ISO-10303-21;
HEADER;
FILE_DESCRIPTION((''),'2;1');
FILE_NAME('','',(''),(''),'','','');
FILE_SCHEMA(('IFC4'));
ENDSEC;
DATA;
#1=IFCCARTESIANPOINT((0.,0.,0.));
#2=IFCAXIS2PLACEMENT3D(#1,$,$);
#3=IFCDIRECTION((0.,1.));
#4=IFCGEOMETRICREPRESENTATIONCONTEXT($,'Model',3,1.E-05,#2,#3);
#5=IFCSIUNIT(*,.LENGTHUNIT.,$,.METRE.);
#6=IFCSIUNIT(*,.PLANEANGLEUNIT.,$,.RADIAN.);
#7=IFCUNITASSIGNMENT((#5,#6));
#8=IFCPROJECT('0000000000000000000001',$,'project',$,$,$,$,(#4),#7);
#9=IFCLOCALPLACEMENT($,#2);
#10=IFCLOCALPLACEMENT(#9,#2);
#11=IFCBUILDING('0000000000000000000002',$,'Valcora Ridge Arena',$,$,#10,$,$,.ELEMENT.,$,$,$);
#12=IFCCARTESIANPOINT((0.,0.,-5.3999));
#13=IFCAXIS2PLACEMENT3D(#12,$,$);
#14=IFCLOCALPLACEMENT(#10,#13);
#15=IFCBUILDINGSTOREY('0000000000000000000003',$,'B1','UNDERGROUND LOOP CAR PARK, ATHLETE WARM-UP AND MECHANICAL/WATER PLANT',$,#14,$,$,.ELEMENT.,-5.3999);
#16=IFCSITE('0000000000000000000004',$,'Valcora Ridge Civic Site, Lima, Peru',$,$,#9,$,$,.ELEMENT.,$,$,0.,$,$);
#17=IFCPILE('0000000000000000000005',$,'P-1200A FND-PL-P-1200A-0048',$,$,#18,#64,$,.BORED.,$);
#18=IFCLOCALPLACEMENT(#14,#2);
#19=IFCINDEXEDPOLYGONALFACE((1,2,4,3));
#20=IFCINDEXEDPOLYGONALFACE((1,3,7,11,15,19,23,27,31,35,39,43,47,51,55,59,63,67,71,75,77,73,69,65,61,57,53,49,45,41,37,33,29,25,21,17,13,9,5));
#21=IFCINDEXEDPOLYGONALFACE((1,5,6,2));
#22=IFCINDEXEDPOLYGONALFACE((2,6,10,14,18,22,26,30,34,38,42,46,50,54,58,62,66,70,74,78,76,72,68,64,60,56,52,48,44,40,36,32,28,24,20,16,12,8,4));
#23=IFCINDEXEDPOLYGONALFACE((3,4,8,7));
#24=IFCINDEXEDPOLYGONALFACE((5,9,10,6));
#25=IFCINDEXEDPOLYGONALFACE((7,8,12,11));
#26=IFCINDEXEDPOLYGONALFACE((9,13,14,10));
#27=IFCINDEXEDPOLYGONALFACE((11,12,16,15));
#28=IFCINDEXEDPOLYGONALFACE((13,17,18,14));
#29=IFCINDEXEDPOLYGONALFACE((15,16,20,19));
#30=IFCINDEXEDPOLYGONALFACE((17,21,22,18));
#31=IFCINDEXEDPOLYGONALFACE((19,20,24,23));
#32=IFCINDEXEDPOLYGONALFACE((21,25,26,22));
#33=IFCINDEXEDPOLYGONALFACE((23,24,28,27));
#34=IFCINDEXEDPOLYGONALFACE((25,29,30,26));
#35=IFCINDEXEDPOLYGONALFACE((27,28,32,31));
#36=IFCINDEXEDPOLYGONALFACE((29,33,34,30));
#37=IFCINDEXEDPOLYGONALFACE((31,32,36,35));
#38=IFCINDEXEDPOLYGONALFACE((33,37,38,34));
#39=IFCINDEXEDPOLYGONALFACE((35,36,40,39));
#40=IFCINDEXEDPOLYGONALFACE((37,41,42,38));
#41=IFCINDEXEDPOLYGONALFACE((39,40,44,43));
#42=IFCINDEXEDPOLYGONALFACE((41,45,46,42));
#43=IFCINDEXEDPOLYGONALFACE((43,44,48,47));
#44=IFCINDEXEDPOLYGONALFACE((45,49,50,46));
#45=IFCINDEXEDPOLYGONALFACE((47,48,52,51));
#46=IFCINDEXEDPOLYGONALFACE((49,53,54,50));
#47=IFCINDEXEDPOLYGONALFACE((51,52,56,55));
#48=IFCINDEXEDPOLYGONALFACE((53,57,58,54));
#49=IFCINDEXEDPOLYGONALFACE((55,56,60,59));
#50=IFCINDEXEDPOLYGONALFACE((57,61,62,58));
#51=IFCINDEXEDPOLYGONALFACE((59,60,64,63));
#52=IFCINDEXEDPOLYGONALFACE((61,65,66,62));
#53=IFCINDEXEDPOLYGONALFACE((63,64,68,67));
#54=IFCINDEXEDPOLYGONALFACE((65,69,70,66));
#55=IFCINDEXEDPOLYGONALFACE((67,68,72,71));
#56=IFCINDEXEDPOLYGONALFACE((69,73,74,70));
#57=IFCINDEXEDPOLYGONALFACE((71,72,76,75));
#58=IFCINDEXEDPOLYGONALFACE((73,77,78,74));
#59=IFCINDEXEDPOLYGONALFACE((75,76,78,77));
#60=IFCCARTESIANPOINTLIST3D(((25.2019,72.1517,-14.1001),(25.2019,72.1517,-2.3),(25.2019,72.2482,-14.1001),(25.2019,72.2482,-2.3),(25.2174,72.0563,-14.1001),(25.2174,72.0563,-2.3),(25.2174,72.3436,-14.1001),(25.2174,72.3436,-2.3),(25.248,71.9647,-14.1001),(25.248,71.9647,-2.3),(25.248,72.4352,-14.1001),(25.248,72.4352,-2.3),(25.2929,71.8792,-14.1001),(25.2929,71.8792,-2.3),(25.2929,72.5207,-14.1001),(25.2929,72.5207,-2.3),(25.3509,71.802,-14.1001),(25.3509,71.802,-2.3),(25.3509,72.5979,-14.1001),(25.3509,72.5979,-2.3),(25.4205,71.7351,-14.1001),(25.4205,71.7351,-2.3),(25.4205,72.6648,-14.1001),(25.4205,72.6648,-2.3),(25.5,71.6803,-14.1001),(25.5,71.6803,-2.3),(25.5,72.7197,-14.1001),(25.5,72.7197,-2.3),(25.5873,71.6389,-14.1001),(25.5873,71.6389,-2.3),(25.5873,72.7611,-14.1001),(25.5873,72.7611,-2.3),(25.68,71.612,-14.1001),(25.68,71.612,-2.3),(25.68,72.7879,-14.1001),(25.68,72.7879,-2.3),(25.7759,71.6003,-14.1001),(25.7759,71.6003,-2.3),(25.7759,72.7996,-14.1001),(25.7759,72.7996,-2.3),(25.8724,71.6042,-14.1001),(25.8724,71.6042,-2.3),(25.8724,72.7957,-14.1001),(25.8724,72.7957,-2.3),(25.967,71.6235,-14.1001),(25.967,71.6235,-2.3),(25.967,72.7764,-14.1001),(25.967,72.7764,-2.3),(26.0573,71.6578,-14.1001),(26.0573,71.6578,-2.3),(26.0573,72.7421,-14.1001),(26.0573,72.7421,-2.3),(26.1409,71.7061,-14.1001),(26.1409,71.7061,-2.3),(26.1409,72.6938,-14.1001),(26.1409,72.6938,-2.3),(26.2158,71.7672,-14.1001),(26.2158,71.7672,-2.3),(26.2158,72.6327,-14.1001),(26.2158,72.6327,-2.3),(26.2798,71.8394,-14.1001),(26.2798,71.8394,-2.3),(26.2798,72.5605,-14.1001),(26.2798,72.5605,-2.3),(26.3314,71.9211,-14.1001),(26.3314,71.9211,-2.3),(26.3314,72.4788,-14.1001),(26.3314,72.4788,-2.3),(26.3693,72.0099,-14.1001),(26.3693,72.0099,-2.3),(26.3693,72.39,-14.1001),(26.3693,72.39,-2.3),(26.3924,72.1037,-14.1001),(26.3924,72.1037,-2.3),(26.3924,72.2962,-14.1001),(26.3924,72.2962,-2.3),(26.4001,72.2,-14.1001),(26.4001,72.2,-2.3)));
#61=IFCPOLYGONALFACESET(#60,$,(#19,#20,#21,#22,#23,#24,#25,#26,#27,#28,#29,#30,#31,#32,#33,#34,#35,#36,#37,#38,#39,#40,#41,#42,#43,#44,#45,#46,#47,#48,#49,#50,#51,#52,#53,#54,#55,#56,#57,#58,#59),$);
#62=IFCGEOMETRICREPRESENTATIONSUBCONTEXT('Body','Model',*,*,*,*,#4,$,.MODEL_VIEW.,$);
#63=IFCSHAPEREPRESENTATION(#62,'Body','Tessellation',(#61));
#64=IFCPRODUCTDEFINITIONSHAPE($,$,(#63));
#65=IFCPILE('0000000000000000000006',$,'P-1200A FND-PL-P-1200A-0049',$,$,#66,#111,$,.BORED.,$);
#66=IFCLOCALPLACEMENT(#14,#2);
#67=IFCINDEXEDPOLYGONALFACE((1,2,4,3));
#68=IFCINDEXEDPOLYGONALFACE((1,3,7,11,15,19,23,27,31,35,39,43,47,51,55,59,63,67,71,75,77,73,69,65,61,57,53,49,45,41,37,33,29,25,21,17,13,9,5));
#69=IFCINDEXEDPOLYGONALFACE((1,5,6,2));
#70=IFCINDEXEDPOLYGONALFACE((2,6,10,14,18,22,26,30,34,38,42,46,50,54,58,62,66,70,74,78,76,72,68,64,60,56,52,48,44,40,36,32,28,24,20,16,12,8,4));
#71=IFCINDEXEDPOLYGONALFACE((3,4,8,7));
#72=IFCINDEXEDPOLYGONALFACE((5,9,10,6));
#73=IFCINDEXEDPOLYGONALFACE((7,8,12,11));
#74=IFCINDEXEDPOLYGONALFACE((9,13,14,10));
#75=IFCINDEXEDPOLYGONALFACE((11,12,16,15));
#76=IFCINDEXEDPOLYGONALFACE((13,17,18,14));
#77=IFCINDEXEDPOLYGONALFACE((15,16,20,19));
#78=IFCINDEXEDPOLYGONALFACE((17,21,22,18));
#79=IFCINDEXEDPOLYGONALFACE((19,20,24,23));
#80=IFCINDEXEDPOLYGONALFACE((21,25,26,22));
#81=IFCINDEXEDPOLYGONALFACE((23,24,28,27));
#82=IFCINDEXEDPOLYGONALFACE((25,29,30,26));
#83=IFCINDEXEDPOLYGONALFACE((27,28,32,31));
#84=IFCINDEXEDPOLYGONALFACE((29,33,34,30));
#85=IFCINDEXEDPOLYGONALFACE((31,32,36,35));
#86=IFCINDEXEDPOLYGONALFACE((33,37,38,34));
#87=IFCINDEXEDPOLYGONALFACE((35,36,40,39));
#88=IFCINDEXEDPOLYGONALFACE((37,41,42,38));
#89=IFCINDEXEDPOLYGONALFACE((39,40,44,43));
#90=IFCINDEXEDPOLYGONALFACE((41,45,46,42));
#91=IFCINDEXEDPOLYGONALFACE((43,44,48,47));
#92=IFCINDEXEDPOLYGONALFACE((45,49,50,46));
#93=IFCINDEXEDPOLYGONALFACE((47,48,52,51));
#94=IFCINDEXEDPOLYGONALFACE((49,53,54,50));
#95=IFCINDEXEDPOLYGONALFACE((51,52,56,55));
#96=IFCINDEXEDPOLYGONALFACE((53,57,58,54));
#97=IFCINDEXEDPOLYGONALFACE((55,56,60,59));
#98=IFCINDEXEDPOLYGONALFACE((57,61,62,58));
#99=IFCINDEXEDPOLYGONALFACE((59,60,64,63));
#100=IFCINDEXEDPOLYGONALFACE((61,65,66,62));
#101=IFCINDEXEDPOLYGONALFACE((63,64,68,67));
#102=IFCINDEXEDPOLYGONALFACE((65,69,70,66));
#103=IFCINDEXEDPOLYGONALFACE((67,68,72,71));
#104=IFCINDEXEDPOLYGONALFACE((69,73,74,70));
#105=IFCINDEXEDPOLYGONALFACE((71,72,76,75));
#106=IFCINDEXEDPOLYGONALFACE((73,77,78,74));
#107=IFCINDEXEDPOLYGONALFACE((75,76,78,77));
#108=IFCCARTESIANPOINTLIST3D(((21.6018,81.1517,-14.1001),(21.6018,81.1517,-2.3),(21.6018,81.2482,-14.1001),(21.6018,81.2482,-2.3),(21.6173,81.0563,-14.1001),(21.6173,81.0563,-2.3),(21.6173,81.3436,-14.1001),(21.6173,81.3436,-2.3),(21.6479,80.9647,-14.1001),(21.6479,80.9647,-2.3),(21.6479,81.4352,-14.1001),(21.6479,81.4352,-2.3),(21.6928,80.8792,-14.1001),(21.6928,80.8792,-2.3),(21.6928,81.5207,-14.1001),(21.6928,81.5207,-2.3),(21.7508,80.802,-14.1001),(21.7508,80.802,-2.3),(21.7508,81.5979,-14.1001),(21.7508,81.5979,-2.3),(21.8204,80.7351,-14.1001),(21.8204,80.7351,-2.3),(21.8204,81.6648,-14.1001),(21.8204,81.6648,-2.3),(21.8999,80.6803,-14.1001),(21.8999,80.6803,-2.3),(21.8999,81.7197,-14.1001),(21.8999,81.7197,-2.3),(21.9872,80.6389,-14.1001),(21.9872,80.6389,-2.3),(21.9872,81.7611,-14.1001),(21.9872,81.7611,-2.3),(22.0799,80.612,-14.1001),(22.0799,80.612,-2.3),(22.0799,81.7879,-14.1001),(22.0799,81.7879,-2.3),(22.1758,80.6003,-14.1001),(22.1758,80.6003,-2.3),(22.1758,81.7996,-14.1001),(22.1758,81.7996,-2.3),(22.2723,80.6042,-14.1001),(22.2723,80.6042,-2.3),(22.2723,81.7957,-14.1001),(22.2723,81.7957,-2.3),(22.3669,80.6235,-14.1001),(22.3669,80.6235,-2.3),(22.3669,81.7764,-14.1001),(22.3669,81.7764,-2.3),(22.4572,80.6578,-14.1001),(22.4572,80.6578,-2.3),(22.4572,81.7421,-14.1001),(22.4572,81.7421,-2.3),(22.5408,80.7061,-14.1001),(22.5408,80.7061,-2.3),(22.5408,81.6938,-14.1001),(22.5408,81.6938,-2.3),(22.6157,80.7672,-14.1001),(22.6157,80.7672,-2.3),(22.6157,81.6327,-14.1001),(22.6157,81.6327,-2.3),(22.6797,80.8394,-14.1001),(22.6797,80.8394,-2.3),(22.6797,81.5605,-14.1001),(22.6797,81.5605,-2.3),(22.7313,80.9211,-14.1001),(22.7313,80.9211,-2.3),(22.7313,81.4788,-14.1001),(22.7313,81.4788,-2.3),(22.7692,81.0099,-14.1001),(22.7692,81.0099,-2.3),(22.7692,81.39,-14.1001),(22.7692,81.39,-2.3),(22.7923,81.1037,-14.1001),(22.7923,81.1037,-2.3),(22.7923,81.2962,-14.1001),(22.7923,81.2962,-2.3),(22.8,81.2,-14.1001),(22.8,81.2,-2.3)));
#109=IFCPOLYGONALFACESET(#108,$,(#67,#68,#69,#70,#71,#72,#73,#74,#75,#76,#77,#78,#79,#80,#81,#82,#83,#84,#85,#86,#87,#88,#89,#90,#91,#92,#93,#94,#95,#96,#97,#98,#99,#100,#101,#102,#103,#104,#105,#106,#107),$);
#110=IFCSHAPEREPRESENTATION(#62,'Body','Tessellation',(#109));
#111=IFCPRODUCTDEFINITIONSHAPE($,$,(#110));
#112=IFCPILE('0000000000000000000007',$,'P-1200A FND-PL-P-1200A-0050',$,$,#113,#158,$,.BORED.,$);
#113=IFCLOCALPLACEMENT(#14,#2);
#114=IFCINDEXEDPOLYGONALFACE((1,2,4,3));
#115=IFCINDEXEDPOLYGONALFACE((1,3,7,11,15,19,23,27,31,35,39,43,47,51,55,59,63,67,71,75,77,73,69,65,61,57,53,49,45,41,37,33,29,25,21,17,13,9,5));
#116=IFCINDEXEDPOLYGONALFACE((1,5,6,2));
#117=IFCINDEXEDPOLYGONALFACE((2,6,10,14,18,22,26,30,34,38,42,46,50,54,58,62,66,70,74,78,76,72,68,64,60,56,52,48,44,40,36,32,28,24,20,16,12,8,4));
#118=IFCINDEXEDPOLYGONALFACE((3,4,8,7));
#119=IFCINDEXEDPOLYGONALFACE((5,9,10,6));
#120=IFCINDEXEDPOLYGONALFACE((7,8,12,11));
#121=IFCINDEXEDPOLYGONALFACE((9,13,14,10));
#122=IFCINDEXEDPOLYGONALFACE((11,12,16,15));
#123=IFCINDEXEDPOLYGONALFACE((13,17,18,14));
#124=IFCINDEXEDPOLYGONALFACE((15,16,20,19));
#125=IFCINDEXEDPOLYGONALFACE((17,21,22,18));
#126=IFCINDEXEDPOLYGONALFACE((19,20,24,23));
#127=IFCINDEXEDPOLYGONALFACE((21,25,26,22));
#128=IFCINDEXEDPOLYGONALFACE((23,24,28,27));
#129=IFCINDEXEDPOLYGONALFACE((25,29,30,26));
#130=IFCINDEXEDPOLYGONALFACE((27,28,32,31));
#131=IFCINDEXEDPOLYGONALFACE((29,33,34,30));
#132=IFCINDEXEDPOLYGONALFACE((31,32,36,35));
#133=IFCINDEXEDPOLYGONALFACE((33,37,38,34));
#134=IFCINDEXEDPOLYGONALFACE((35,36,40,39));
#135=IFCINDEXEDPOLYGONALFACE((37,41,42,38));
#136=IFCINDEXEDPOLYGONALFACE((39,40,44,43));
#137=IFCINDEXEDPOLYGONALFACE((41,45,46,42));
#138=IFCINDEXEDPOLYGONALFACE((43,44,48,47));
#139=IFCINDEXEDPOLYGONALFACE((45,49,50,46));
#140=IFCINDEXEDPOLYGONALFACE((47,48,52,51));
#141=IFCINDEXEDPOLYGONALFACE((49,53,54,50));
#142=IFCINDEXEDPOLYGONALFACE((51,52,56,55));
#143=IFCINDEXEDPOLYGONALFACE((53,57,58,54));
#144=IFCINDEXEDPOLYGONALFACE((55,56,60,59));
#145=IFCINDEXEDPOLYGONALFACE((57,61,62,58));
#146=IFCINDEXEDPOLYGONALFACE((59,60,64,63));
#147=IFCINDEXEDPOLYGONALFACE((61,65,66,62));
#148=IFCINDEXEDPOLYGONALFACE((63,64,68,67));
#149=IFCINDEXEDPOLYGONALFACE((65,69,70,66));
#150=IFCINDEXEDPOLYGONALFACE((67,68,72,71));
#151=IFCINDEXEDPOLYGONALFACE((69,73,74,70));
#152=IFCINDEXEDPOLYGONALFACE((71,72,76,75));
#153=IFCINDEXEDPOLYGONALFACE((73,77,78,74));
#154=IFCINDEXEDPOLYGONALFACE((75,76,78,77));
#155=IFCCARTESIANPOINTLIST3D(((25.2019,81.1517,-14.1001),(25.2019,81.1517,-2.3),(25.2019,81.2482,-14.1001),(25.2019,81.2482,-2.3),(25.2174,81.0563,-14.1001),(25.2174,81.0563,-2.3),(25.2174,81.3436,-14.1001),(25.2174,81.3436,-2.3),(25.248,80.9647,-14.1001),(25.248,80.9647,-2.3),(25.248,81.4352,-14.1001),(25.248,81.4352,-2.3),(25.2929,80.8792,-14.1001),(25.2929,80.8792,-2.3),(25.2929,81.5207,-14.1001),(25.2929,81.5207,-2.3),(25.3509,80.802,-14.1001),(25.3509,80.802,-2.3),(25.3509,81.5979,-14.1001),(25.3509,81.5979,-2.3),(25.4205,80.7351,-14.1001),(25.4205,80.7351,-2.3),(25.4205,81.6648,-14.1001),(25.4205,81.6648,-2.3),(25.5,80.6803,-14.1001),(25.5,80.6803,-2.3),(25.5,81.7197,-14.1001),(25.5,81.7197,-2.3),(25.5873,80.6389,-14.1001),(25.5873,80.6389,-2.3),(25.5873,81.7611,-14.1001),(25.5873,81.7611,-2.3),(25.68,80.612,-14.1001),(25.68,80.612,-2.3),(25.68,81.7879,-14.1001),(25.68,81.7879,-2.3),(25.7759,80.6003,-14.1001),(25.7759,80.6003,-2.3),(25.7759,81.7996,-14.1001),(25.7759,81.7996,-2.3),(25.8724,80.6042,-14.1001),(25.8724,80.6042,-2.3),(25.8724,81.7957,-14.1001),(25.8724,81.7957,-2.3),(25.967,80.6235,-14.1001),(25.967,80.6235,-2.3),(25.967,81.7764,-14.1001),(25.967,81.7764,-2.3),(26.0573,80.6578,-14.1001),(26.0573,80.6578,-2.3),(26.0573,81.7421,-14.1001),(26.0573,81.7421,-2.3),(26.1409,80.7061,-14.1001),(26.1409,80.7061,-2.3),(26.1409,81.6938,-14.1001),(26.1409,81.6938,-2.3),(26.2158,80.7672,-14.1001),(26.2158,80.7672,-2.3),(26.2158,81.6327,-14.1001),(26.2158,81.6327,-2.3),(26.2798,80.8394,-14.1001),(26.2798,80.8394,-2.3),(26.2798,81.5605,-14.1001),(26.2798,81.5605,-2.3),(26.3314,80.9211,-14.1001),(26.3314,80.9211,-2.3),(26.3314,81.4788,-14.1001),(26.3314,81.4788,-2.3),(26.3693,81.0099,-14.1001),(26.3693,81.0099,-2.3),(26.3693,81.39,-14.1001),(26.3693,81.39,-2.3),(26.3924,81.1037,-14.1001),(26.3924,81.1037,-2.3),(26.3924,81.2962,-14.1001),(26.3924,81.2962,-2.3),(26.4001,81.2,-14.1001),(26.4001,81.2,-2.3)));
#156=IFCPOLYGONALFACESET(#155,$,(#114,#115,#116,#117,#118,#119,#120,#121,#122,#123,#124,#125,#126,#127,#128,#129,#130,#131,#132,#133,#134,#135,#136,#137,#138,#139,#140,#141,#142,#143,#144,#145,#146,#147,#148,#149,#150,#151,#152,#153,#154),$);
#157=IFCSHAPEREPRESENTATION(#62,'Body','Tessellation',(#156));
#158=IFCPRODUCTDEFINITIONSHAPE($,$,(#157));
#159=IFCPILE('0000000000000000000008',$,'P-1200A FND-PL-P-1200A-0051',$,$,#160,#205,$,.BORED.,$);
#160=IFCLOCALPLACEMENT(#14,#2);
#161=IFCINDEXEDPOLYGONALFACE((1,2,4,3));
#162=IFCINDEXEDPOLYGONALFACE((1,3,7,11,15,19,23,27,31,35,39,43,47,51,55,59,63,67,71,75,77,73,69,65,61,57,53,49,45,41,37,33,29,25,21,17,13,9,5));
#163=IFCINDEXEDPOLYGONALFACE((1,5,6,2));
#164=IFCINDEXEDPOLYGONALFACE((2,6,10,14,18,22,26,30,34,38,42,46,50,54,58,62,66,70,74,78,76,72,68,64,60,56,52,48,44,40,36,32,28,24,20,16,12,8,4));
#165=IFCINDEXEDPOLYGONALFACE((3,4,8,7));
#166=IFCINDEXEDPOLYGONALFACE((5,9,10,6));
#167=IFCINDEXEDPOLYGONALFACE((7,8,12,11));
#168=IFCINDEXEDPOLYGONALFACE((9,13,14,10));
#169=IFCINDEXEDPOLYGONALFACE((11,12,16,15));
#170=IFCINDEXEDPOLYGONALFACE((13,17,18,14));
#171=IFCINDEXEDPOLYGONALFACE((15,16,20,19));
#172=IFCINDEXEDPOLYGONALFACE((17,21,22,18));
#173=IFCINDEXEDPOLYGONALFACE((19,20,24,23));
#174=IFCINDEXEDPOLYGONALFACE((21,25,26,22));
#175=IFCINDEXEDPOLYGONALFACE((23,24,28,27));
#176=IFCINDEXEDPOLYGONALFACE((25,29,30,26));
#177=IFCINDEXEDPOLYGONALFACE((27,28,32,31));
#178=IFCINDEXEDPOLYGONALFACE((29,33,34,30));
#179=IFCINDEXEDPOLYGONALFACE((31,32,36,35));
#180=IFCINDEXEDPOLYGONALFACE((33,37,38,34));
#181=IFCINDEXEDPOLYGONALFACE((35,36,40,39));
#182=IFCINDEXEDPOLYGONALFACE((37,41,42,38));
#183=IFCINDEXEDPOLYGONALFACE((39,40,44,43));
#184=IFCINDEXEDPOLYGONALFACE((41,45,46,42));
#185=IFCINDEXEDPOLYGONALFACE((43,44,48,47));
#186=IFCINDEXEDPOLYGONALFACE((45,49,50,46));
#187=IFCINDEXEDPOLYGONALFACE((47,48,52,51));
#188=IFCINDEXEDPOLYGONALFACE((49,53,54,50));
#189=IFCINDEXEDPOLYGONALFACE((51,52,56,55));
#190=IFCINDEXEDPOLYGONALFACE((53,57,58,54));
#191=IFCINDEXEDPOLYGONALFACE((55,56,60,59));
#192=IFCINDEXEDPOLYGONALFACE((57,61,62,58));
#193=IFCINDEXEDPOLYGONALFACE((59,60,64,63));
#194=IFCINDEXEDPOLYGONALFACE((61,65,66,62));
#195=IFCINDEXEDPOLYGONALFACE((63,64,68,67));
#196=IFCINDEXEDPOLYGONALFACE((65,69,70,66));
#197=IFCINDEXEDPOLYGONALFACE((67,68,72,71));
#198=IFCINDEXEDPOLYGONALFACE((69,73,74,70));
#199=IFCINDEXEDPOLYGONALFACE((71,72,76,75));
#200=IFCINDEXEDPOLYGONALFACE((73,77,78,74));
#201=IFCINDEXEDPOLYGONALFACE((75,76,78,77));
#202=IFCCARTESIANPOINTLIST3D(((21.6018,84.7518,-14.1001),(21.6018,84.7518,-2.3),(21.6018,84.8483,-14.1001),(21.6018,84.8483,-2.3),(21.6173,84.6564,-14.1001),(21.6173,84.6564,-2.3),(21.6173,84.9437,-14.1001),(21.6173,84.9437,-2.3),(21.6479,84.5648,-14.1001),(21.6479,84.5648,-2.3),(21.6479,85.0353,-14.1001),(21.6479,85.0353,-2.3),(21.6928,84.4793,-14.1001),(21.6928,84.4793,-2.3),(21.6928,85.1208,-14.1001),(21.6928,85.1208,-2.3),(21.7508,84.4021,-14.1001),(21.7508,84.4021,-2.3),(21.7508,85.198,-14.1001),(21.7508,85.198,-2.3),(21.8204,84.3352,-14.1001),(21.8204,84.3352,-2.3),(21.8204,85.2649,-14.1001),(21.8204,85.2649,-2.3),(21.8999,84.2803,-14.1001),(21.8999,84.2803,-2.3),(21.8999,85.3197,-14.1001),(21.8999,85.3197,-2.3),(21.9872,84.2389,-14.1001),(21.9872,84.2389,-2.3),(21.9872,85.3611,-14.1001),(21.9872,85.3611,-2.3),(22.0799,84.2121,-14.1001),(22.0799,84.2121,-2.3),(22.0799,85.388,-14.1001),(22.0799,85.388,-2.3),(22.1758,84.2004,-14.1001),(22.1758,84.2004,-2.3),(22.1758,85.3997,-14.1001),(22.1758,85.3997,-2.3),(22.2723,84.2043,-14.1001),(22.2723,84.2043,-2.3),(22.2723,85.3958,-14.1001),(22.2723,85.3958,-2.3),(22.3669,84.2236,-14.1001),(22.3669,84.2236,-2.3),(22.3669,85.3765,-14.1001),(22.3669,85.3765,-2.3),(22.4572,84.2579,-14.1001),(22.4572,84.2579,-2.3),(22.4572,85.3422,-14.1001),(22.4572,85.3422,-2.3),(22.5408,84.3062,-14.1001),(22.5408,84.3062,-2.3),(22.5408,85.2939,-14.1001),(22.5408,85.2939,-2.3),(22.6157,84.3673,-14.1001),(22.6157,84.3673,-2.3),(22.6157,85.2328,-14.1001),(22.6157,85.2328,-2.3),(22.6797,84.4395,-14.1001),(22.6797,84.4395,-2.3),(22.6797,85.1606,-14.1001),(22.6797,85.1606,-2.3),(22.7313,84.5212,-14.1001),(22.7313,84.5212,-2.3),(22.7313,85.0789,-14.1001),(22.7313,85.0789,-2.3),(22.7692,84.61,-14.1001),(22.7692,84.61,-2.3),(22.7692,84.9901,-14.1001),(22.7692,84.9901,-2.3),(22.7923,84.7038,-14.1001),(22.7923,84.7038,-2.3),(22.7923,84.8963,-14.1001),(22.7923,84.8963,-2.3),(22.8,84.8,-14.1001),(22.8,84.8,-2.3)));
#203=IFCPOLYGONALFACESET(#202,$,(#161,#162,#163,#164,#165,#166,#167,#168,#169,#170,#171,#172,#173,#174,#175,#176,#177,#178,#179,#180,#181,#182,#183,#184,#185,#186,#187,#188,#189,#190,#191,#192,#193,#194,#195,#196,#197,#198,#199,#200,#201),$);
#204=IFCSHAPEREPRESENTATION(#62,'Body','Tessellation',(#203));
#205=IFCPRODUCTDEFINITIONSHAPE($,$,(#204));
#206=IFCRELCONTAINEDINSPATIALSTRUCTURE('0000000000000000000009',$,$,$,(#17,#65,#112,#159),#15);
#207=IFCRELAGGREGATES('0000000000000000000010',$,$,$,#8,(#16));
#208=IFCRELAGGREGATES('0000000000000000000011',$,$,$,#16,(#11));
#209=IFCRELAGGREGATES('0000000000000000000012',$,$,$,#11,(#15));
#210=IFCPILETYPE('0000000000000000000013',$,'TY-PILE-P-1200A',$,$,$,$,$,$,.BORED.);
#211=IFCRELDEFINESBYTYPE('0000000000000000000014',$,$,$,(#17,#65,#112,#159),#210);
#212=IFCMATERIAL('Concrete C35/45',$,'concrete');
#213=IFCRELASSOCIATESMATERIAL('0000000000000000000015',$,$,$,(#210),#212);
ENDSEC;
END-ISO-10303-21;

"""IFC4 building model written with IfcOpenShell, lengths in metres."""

from ifc_helpers import new_model, si_unit, direction, frame, origin, origin_2d, place, context, subcontext, project, spatial, circle, extrude, material, material_profile, profile_set, type_object, element, save


model = new_model("IFC4")

# Units and contexts
model_context = context("Model", 3, precision=1e-05, world=origin(), true_north=direction((0.0, 1.0)))
body_context = subcontext(model_context, "Body", "Model", "MODEL_VIEW")
ifc_project = project(units=[si_unit("LENGTHUNIT", "METRE"), si_unit("PLANEANGLEUNIT", "RADIAN")], contexts=[model_context])

# Site, building, storey
site_placement = place(None, origin())
site = spatial("IfcSite", under=ifc_project, at=site_placement, Name="Valcora Ridge Civic Site, Lima, Peru", CompositionType="ELEMENT", RefElevation=0.0)
building_placement = place(site_placement, origin())
building = spatial("IfcBuilding", under=site, at=building_placement, Name="Valcora Ridge Arena", CompositionType="ELEMENT")
storey_placement = place(building_placement, frame((0.0, 0.0, -5.3999)))
storey = spatial("IfcBuildingStorey", under=building, at=storey_placement, Name="B1", Description="UNDERGROUND LOOP CAR PARK, ATHLETE WARM-UP AND MECHANICAL/WATER PLANT", CompositionType="ELEMENT", Elevation=-5.3999)

# Piles
ifc_material_1 = material(Name="Concrete C35/45", Category="concrete")
ifc_material_profile_1 = material_profile(ifc_material_1, circle(Radius=0.6001, at=origin_2d()), Name="BORED PILE D1200")
ifc_profile_set_1 = profile_set([ifc_material_profile_1], Name="Concrete C35/45")
pile_type_1 = type_object("IfcPileType", Name="TY-PILE-P-1200A", PredefinedType="BORED", material=ifc_profile_set_1)
for number, where, z_axis, x_axis, name in (
    (1, (25.8, 72.2, -2.3), (0.0, 0.0, -1.0), (1.0, 0.0, 0.0), "P-1200A FND-PL-P-1200A-0048"),
    (2, (22.2, 81.2, -2.3), (0.0, 0.0, -1.0), (1.0, 0.0, 0.0), "P-1200A FND-PL-P-1200A-0049"),
    (3, (25.8, 81.2, -2.3), (0.0, 0.0, -1.0), (1.0, 0.0, 0.0), "P-1200A FND-PL-P-1200A-0050"),
    (4, (22.2, 84.8, -2.3), (0.0, 0.0, -1.0), (1.0, 0.0, 0.0), "P-1200A FND-PL-P-1200A-0051"),
):
    element("IfcPile", number, at=place(storey_placement, frame(where, z_axis=z_axis, x_axis=x_axis)), inside=storey, type_object=pile_type_1, Name=name, PredefinedType="BORED", context=body_context, shape_type="SweptSolid", body=[
        extrude(circle(Radius=0.6001, at=origin_2d()), origin(), (0.0, 0.0, 1.0), 11.8),
    ])

save(model, "model.ifc")
